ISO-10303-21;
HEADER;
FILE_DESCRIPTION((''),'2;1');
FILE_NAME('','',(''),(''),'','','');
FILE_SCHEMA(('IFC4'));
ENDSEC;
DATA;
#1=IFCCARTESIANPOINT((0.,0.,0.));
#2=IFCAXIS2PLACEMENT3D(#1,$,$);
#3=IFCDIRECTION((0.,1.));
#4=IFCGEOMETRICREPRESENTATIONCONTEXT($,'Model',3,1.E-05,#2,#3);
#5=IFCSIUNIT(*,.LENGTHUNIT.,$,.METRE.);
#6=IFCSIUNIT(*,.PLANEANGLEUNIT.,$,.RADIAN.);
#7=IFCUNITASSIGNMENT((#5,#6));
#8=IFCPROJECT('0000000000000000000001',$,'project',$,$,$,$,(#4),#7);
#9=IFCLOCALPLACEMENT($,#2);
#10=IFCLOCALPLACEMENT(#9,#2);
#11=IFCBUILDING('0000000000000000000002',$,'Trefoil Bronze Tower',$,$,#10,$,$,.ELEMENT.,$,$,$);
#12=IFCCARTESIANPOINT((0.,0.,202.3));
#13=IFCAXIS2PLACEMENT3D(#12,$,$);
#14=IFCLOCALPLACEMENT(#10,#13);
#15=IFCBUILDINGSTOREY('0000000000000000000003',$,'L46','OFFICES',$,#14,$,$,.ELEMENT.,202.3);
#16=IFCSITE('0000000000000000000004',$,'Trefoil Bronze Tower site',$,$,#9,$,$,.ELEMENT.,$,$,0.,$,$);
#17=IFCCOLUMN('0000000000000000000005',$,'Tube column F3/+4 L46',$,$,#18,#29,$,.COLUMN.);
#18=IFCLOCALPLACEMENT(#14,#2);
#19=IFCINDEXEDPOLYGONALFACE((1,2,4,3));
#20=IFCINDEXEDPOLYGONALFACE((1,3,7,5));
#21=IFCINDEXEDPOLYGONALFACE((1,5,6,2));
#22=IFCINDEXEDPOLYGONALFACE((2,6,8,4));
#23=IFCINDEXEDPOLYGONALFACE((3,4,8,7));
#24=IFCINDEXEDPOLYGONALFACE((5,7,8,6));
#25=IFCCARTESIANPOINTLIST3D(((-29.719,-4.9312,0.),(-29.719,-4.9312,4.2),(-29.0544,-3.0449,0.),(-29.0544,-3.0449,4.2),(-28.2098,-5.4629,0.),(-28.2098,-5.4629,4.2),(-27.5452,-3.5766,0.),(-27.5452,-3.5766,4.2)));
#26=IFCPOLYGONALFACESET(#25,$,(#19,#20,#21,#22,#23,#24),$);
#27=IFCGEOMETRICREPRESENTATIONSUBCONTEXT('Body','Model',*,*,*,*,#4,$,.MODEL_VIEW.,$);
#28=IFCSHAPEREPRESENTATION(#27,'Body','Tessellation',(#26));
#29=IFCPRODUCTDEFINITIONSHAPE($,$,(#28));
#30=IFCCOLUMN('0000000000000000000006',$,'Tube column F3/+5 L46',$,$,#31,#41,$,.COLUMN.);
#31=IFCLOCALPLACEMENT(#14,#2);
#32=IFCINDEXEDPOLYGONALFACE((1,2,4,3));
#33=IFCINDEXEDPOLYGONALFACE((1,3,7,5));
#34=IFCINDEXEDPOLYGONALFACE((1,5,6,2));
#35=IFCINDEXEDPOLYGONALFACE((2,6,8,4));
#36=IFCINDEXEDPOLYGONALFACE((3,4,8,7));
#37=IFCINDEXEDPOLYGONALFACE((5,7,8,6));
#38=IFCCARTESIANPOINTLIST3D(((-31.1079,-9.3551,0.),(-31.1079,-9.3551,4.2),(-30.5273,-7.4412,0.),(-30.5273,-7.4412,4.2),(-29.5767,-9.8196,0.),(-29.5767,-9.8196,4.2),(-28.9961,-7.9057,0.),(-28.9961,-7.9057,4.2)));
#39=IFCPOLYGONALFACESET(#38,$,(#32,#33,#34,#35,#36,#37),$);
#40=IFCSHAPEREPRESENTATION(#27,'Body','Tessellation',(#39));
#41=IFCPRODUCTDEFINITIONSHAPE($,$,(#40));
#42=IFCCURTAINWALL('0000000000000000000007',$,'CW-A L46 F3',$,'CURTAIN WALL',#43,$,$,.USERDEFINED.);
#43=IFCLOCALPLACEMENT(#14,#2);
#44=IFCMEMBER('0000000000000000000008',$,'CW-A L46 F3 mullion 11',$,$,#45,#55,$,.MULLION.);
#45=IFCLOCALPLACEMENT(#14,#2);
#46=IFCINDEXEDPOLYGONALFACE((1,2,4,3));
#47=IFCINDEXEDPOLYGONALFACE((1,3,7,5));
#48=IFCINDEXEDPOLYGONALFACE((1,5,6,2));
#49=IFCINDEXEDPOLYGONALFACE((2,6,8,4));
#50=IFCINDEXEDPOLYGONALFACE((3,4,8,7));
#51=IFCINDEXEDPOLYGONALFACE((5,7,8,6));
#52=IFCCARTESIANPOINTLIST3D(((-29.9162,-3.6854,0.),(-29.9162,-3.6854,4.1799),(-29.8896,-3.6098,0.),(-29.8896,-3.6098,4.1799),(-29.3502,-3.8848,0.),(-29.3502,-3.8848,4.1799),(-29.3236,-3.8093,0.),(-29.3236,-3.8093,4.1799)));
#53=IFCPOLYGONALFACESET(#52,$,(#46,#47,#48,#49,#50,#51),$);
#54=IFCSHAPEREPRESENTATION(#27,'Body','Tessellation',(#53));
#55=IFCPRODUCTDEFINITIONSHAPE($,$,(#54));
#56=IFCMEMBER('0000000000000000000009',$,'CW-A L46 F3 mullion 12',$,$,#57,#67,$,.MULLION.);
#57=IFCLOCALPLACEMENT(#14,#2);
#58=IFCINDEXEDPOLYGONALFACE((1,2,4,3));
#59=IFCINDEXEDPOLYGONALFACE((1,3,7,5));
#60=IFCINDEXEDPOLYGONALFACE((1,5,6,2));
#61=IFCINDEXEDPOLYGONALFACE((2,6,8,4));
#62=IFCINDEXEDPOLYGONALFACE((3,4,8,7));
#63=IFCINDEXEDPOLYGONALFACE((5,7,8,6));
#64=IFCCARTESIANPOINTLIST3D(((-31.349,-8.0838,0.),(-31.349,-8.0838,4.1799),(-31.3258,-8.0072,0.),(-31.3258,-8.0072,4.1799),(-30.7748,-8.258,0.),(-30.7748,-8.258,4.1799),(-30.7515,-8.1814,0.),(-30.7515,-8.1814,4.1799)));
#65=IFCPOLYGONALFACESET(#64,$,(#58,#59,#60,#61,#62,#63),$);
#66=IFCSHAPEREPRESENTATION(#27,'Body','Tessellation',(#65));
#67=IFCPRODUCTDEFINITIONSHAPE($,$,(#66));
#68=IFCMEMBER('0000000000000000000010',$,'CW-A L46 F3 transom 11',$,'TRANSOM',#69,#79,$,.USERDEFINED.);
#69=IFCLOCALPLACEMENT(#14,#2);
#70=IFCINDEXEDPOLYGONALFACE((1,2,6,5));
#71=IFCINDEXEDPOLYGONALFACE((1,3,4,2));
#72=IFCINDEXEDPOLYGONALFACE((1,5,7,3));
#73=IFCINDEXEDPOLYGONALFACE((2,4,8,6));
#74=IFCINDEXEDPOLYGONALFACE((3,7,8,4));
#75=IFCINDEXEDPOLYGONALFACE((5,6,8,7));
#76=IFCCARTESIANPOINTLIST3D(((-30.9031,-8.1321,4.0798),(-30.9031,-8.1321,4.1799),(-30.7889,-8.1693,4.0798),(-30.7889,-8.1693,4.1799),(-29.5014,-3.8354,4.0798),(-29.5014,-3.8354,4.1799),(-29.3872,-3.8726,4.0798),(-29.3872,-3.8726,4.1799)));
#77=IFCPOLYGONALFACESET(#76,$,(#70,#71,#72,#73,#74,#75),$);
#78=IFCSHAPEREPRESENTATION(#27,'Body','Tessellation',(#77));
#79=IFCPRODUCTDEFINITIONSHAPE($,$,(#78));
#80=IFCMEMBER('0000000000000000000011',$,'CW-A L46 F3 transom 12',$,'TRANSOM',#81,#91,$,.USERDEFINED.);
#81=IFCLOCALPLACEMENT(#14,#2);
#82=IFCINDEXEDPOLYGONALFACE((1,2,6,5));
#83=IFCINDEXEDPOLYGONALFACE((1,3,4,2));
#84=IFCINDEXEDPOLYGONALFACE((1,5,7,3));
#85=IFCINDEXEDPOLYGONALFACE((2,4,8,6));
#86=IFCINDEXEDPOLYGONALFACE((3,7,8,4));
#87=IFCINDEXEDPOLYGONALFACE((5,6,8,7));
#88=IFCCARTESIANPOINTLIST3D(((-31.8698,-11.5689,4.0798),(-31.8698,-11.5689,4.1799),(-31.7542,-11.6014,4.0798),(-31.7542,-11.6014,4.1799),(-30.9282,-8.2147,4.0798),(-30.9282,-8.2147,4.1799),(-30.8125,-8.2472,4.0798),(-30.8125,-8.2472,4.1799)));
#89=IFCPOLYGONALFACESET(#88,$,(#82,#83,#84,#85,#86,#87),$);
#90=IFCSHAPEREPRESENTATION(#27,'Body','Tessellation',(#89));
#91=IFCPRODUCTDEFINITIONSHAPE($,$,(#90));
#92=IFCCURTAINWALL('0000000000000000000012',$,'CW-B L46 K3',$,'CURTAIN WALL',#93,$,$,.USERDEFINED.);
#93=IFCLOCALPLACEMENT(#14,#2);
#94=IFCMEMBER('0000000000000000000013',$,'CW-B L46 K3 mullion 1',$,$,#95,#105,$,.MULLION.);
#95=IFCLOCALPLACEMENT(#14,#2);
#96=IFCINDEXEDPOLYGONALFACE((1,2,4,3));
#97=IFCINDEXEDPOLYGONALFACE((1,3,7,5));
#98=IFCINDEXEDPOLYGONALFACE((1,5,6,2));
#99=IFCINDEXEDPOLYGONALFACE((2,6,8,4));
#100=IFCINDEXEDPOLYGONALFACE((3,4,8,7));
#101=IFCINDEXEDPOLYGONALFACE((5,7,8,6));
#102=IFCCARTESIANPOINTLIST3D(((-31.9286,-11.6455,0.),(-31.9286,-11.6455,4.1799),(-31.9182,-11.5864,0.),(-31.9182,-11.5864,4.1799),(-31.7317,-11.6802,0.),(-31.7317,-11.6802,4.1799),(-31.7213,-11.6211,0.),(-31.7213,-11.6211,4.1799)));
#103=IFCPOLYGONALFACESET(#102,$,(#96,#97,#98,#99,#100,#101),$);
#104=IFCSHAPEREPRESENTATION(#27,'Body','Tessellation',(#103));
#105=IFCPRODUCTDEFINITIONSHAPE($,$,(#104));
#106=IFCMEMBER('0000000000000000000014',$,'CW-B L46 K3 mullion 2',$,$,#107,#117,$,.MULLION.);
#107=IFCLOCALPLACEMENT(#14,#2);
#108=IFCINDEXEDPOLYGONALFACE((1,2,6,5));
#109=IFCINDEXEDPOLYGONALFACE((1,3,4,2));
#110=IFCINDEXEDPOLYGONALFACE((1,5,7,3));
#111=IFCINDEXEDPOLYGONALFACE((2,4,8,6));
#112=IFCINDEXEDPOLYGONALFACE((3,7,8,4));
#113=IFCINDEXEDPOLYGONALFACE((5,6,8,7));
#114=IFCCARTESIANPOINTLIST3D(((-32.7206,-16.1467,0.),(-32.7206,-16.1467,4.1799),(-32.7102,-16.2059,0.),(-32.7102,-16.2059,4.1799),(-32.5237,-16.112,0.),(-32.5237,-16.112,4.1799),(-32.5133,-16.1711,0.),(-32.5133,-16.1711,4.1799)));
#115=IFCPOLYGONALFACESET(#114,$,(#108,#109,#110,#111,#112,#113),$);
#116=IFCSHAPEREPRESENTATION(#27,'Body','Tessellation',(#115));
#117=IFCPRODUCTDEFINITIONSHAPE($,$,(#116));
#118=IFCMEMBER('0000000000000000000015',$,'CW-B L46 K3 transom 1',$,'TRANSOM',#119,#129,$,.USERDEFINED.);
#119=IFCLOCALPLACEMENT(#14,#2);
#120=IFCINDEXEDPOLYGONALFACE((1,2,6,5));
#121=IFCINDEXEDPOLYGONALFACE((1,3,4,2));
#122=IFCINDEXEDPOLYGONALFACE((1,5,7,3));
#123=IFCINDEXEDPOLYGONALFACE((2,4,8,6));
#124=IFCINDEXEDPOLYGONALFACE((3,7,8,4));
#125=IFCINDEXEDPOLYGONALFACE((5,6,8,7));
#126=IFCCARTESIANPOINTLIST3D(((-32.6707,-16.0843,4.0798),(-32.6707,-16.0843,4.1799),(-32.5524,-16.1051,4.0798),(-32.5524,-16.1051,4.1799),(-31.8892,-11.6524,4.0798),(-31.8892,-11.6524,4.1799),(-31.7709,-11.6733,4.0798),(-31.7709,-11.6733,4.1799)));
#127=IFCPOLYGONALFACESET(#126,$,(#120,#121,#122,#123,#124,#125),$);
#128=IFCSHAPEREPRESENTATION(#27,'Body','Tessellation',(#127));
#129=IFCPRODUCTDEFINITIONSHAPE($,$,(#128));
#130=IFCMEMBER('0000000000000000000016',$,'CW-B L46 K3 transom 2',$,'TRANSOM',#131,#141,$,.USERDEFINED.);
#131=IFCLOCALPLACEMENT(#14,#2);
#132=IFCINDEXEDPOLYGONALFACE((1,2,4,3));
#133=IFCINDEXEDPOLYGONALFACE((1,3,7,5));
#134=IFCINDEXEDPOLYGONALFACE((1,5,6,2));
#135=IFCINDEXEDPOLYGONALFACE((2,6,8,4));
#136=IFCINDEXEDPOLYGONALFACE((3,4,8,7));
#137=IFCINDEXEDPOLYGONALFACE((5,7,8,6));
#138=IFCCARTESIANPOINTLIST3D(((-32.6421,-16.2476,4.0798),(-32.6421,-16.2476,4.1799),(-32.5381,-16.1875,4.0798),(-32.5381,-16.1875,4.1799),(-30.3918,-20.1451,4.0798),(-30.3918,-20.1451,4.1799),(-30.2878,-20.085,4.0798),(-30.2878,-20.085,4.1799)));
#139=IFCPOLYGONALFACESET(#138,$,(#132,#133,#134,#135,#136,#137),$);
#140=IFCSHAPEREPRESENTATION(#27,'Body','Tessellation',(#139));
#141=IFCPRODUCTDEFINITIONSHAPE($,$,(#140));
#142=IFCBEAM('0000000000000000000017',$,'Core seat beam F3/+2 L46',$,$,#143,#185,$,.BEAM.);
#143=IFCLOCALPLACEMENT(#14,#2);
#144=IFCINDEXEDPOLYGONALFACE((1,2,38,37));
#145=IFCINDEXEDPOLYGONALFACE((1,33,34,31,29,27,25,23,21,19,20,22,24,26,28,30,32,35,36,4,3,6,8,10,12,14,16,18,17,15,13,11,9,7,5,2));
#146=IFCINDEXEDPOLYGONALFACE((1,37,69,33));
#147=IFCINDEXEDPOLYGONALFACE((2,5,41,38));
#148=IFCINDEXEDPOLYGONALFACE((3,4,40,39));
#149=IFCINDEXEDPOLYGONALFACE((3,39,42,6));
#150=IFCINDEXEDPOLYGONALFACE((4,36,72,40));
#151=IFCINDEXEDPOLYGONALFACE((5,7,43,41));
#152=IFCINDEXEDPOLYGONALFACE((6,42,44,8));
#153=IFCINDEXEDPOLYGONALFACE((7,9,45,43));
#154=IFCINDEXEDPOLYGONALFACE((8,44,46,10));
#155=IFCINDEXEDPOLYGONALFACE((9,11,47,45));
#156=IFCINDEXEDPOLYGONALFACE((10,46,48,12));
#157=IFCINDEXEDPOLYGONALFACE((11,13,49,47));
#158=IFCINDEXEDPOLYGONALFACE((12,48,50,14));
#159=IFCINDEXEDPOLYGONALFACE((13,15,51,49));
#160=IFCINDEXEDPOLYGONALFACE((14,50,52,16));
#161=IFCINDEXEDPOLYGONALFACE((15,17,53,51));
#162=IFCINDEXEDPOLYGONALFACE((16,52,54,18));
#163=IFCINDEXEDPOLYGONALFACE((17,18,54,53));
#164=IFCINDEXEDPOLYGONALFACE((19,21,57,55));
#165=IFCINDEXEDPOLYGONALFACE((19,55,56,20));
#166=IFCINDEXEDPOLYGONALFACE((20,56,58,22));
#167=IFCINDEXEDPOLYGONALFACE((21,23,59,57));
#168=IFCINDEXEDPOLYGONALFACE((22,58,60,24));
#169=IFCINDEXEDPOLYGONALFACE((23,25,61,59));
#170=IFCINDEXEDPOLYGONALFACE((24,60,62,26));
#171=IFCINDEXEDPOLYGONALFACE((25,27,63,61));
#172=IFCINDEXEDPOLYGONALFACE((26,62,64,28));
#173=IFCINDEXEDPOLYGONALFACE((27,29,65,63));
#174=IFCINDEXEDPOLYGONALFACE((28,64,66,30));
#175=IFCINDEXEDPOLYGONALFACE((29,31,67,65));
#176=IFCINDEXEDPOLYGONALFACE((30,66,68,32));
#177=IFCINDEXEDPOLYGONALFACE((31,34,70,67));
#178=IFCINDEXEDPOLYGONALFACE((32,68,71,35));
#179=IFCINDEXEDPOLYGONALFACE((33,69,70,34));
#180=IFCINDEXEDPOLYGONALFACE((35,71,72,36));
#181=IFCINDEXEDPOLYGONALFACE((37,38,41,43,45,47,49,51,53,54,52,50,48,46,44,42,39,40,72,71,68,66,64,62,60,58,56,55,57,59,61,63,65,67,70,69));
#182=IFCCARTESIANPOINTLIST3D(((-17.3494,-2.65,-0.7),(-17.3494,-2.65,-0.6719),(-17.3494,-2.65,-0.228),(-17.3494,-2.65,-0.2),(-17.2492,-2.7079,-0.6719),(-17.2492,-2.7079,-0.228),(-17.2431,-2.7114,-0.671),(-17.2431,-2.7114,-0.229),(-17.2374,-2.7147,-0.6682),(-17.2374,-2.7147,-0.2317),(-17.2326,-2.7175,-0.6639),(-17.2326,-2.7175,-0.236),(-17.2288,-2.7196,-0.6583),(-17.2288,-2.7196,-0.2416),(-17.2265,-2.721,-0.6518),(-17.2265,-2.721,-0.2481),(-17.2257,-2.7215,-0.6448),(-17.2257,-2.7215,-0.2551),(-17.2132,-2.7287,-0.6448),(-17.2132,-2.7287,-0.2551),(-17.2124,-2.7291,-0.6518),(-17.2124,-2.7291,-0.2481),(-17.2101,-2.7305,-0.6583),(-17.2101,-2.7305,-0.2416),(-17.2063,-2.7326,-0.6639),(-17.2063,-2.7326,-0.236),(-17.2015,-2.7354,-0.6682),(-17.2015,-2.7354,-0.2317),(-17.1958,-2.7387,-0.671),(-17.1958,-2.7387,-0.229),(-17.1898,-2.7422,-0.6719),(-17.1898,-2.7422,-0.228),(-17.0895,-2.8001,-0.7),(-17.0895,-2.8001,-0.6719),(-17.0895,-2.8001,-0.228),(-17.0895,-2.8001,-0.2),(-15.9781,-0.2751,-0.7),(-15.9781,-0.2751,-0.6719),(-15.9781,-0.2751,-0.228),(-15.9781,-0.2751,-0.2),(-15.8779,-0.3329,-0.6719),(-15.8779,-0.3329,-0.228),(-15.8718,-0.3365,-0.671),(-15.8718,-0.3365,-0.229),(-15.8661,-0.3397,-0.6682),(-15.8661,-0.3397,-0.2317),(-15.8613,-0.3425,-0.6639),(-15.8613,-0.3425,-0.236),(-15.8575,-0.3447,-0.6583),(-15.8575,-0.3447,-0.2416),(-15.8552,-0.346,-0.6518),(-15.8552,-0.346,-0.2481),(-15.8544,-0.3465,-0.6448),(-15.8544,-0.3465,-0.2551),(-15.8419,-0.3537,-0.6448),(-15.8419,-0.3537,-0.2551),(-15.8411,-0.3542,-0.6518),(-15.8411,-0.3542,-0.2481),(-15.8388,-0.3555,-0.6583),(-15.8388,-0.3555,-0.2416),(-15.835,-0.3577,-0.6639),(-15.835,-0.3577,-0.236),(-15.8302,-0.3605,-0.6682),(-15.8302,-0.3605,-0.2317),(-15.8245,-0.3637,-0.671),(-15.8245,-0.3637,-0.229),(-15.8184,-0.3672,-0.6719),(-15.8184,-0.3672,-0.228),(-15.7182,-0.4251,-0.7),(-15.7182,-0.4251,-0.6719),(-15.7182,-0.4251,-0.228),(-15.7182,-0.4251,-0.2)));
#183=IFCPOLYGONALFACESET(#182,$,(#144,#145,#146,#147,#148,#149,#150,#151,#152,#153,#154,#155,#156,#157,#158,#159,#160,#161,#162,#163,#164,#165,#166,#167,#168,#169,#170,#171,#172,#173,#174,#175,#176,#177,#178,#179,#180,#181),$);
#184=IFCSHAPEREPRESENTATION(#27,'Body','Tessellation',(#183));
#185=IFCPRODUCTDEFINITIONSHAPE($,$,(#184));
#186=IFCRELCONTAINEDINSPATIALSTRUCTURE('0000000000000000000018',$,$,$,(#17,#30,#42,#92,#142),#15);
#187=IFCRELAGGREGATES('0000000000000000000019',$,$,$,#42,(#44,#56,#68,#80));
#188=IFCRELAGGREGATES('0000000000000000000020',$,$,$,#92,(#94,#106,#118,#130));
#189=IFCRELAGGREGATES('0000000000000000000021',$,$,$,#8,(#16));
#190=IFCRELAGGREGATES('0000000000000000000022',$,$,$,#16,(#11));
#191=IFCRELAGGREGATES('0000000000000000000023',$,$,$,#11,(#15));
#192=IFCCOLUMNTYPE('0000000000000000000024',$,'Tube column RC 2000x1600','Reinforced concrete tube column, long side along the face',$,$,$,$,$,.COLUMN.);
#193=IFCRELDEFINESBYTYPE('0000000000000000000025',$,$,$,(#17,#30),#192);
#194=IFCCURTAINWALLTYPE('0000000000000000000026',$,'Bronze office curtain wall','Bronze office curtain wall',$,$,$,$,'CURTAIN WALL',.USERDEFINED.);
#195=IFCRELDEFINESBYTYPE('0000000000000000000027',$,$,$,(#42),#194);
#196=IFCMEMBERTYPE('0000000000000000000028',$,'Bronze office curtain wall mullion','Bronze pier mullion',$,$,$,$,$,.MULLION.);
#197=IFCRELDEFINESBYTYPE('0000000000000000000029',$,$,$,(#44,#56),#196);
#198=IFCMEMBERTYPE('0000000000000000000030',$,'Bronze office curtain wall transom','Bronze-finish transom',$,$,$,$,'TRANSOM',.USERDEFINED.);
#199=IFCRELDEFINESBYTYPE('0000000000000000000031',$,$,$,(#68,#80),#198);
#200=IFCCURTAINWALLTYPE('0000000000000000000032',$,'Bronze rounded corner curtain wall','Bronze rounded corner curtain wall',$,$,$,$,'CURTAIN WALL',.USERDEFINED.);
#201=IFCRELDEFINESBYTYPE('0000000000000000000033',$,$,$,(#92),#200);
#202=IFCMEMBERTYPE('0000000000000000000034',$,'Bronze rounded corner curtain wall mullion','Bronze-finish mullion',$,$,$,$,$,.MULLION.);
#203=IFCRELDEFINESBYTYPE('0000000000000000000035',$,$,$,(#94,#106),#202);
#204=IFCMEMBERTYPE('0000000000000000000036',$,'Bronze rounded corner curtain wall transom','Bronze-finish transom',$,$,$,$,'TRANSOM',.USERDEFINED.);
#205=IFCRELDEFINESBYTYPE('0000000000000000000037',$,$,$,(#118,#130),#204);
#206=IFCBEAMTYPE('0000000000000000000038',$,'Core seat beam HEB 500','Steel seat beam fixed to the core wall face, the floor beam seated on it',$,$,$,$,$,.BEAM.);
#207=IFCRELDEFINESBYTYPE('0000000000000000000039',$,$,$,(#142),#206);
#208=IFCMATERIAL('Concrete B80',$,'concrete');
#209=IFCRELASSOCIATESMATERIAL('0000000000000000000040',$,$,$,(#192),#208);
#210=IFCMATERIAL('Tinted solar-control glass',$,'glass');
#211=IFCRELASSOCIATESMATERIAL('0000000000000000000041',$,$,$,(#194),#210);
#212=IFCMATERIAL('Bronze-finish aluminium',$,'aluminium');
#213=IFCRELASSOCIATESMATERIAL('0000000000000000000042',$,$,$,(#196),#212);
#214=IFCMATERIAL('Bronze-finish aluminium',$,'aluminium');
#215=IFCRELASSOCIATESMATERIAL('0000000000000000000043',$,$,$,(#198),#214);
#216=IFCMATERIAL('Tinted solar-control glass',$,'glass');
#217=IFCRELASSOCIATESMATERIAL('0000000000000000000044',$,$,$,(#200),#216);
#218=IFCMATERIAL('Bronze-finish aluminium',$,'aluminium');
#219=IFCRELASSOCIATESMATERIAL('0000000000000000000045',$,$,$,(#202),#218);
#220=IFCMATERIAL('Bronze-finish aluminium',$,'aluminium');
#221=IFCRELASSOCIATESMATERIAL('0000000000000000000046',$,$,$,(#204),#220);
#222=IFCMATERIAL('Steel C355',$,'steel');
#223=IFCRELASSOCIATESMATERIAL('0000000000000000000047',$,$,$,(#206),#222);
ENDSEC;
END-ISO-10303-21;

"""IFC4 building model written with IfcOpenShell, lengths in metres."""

from ifc_helpers import new_model, si_unit, direction, frame, origin, origin_2d, place, context, subcontext, project, spatial, rectangle, i_section, extrude, material, material_profile, profile_set, type_object, element, aggregate, save


model = new_model("IFC4")

# Units and contexts
model_context = context("Model", 3, precision=1e-05, world=origin(), true_north=direction((0.0, 1.0)))
body_context = subcontext(model_context, "Body", "Model", "MODEL_VIEW")
ifc_project = project(units=[si_unit("LENGTHUNIT", "METRE"), si_unit("PLANEANGLEUNIT", "RADIAN")], contexts=[model_context])

# Site, building, storey
site_placement = place(None, origin())
site = spatial("IfcSite", under=ifc_project, at=site_placement, Name="Trefoil Bronze Tower site", CompositionType="ELEMENT", RefElevation=0.0)
building_placement = place(site_placement, origin())
building = spatial("IfcBuilding", under=site, at=building_placement, Name="Trefoil Bronze Tower", CompositionType="ELEMENT")
storey_placement = place(building_placement, frame((0.0, 0.0, 202.3)))
storey = spatial("IfcBuildingStorey", under=building, at=storey_placement, Name="L46", Description="OFFICES", CompositionType="ELEMENT", Elevation=202.3)

# Columns
ifc_material_1 = material(Name="Concrete B80", Category="concrete")
ifc_material_profile_1 = material_profile(ifc_material_1, rectangle(XDim=2.0, YDim=1.6001, at=origin_2d()), Name="RC 2000x1600")
ifc_profile_set_1 = profile_set([ifc_material_profile_1], Name="Concrete B80")
column_type = type_object("IfcColumnType", Name="Tube column RC 2000x1600", Description="Reinforced concrete tube column, long side along the face", PredefinedType="COLUMN", material=ifc_profile_set_1)
for number, where, z_axis, x_axis, name in (
    (1, (-28.6321, -4.2539, 0.0), (0.0, 0.0, 1.0), (-0.332282, -0.94318, 0.0), "Tube column F3/+4 L46"),
    (2, (-30.052, -8.6304, 0.0), (0.0, 0.0, 1.0), (-0.290278, -0.956942, 0.0), "Tube column F3/+5 L46"),
):
    element("IfcColumn", number, at=place(storey_placement, frame(where, z_axis=z_axis, x_axis=x_axis)), inside=storey, type_object=column_type, Name=name, PredefinedType="COLUMN", context=body_context, shape_type="SweptSolid", body=[
        extrude(rectangle(XDim=2.0, YDim=1.6001, at=origin_2d()), origin(), (0.0, 0.0, 1.0), 4.2),
    ])

# Curtain walls, members
ifc_material_2 = material(Name="Tinted solar-control glass", Category="glass")
curtain_wall_type_1 = type_object("IfcCurtainWallType", Name="Bronze office curtain wall", Description="Bronze office curtain wall", ElementType="CURTAIN WALL", PredefinedType="USERDEFINED", material=ifc_material_2)
curtain_wall_1_placement = place(storey_placement, origin())
curtain_wall_1 = element("IfcCurtainWall", 3, at=curtain_wall_1_placement, inside=storey, type_object=curtain_wall_type_1, Name="CW-A L46 F3", ObjectType="CURTAIN WALL", PredefinedType="USERDEFINED")
ifc_material_3 = material(Name="Bronze-finish aluminium", Category="aluminium")
ifc_material_profile_2 = material_profile(ifc_material_3, rectangle(XDim=0.6001, YDim=0.0801, at=origin_2d()), Name="CW-A mullion")
ifc_profile_set_2 = profile_set([ifc_material_profile_2], Name="Bronze-finish aluminium")
member_type_1 = type_object("IfcMemberType", Name="Bronze office curtain wall mullion", Description="Bronze pier mullion", PredefinedType="MULLION", material=ifc_profile_set_2)
member_1_placement = place(storey_placement, frame((-29.6199, -3.7473, 0.0), z_axis=(0.0, 0.0, 1.0), x_axis=(0.94318, -0.332282, 0.0)))
member_1 = element("IfcMember", 4, at=member_1_placement, type_object=member_type_1, Name="CW-A L46 F3 mullion 11", PredefinedType="MULLION", context=body_context, shape_type="SweptSolid", body=[
    extrude(rectangle(XDim=0.6001, YDim=0.0801, at=origin_2d()), origin(), (0.0, 0.0, 1.0), 4.1799),
])
member_2_placement = place(storey_placement, frame((-31.0503, -8.1326, 0.0), z_axis=(0.0, 0.0, 1.0), x_axis=(0.956942, -0.290278, 0.0)))
member_2 = element("IfcMember", 5, at=member_2_placement, type_object=member_type_1, Name="CW-A L46 F3 mullion 12", PredefinedType="MULLION", context=body_context, shape_type="SweptSolid", body=[
    extrude(rectangle(XDim=0.6001, YDim=0.0801, at=origin_2d()), origin(), (0.0, 0.0, 1.0), 4.1799),
])
ifc_material_4 = material(Name="Bronze-finish aluminium", Category="aluminium")
ifc_material_profile_3 = material_profile(ifc_material_4, rectangle(XDim=0.1201, YDim=0.1001, at=origin_2d()), Name="CW-A transom")
ifc_profile_set_3 = profile_set([ifc_material_profile_3], Name="Bronze-finish aluminium")
member_type_2 = type_object("IfcMemberType", Name="Bronze office curtain wall transom", Description="Bronze-finish transom", ElementType="TRANSOM", PredefinedType="USERDEFINED", material=ifc_profile_set_3)
member_3_placement = place(storey_placement, frame((-29.4443, -3.854, 4.1299), z_axis=(-0.310128, -0.950695, 0.0), x_axis=(0.950695, -0.310128, 0.0)))
member_3 = element("IfcMember", 6, at=member_3_placement, type_object=member_type_2, Name="CW-A L46 F3 transom 11", ObjectType="TRANSOM", PredefinedType="USERDEFINED", context=body_context, shape_type="SweptSolid", body=[
    extrude(rectangle(XDim=0.1201, YDim=0.1001, at=origin_2d()), origin(), (0.0, 0.0, 1.0), 4.5195),
])
member_4_placement = place(storey_placement, frame((-30.8704, -8.231, 4.1299), z_axis=(-0.270285, -0.96278, 0.0), x_axis=(0.96278, -0.270285, 0.0)))
member_4 = element("IfcMember", 7, at=member_4_placement, type_object=member_type_2, Name="CW-A L46 F3 transom 12", ObjectType="TRANSOM", PredefinedType="USERDEFINED", context=body_context, shape_type="SweptSolid", body=[
    extrude(rectangle(XDim=0.1201, YDim=0.1001, at=origin_2d()), origin(), (0.0, 0.0, 1.0), 3.4839),
])
ifc_material_5 = material(Name="Tinted solar-control glass", Category="glass")
curtain_wall_type_2 = type_object("IfcCurtainWallType", Name="Bronze rounded corner curtain wall", Description="Bronze rounded corner curtain wall", ElementType="CURTAIN WALL", PredefinedType="USERDEFINED", material=ifc_material_5)
curtain_wall_2_placement = place(storey_placement, origin())
curtain_wall_2 = element("IfcCurtainWall", 8, at=curtain_wall_2_placement, inside=storey, type_object=curtain_wall_type_2, Name="CW-B L46 K3", ObjectType="CURTAIN WALL", PredefinedType="USERDEFINED")
ifc_material_6 = material(Name="Bronze-finish aluminium", Category="aluminium")
ifc_material_profile_4 = material_profile(ifc_material_6, rectangle(XDim=0.2, YDim=0.0601, at=origin_2d()), Name="CW-B mullion")
ifc_profile_set_4 = profile_set([ifc_material_profile_4], Name="Bronze-finish aluminium")
member_type_3 = type_object("IfcMemberType", Name="Bronze rounded corner curtain wall mullion", Description="Bronze-finish mullion", PredefinedType="MULLION", material=ifc_profile_set_4)
member_5_placement = place(storey_placement, frame((-31.825, -11.6333, 0.0), z_axis=(0.0, 0.0, 1.0), x_axis=(0.984808, -0.173648, 0.0)))
member_5 = element("IfcMember", 9, at=member_5_placement, type_object=member_type_3, Name="CW-B L46 K3 mullion 1", PredefinedType="MULLION", context=body_context, shape_type="SweptSolid", body=[
    extrude(rectangle(XDim=0.2, YDim=0.0601, at=origin_2d()), origin(), (0.0, 0.0, 1.0), 4.1799),
])
member_6_placement = place(storey_placement, frame((-32.6169, -16.1589, 0.0), z_axis=(0.0, 0.0, 1.0), x_axis=(0.984808, 0.173648, 0.0)))
member_6 = element("IfcMember", 10, at=member_6_placement, type_object=member_type_3, Name="CW-B L46 K3 mullion 2", PredefinedType="MULLION", context=body_context, shape_type="SweptSolid", body=[
    extrude(rectangle(XDim=0.2, YDim=0.0601, at=origin_2d()), origin(), (0.0, 0.0, 1.0), 4.1799),
])
ifc_material_7 = material(Name="Bronze-finish aluminium", Category="aluminium")
ifc_material_profile_5 = material_profile(ifc_material_7, rectangle(XDim=0.1201, YDim=0.1001, at=origin_2d()), Name="CW-B transom")
ifc_profile_set_5 = profile_set([ifc_material_profile_5], Name="Bronze-finish aluminium")
member_type_4 = type_object("IfcMemberType", Name="Bronze rounded corner curtain wall transom", Description="Bronze-finish transom", ElementType="TRANSOM", PredefinedType="USERDEFINED", material=ifc_profile_set_5)
member_7_placement = place(storey_placement, frame((-31.8301, -11.6628, 4.1299), z_axis=(-0.173655, -0.984806, 0.0), x_axis=(0.984806, -0.173655, 0.0)))
member_7 = element("IfcMember", 11, at=member_7_placement, type_object=member_type_4, Name="CW-B L46 K3 transom 1", ObjectType="TRANSOM", PredefinedType="USERDEFINED", context=body_context, shape_type="SweptSolid", body=[
    extrude(rectangle(XDim=0.1201, YDim=0.1001, at=origin_2d()), origin(), (0.0, 0.0, 1.0), 4.5002),
])
member_8_placement = place(storey_placement, frame((-32.5901, -16.2175, 4.1299), z_axis=(0.500007, -0.866021, 0.0), x_axis=(0.866021, 0.500007, 0.0)))
member_8 = element("IfcMember", 12, at=member_8_placement, type_object=member_type_4, Name="CW-B L46 K3 transom 2", ObjectType="TRANSOM", PredefinedType="USERDEFINED", context=body_context, shape_type="SweptSolid", body=[
    extrude(rectangle(XDim=0.1201, YDim=0.1001, at=origin_2d()), origin(), (0.0, 0.0, 1.0), 4.5005),
])

# Beam
ifc_material_8 = material(Name="Steel C355", Category="steel")
ifc_material_profile_6 = material_profile(ifc_material_8, i_section(OverallWidth=0.3, OverallDepth=0.5, WebThickness=0.0144, FlangeThickness=0.0281, FilletRadius=0.0271, at=origin_2d()), Name="HEB 500")
ifc_profile_set_6 = profile_set([ifc_material_profile_6], Name="Steel C355")
beam_type_1 = type_object("IfcBeamType", Name="Core seat beam HEB 500", Description="Steel seat beam fixed to the core wall face, the floor beam seated on it", PredefinedType="BEAM", material=ifc_profile_set_6)
beam_1_placement = place(storey_placement, frame((-15.8481, -0.3501, -0.45), z_axis=(-0.500036, -0.866005, 0.0), x_axis=(0.866005, -0.500036, 0.0)))
element("IfcBeam", 13, at=beam_1_placement, inside=storey, type_object=beam_type_1, Name="Core seat beam F3/+2 L46", PredefinedType="BEAM", context=body_context, shape_type="SweptSolid", body=[
    extrude(i_section(OverallWidth=0.3, OverallDepth=0.5, WebThickness=0.0144, FlangeThickness=0.0281, FilletRadius=0.0271, at=origin_2d()), origin(), (0.0, 0.0, 1.0), 2.7424),
])

aggregate(curtain_wall_1, [member_1, member_2, member_3, member_4])
aggregate(curtain_wall_2, [member_5, member_6, member_7, member_8])

save(model, "model.ifc")
